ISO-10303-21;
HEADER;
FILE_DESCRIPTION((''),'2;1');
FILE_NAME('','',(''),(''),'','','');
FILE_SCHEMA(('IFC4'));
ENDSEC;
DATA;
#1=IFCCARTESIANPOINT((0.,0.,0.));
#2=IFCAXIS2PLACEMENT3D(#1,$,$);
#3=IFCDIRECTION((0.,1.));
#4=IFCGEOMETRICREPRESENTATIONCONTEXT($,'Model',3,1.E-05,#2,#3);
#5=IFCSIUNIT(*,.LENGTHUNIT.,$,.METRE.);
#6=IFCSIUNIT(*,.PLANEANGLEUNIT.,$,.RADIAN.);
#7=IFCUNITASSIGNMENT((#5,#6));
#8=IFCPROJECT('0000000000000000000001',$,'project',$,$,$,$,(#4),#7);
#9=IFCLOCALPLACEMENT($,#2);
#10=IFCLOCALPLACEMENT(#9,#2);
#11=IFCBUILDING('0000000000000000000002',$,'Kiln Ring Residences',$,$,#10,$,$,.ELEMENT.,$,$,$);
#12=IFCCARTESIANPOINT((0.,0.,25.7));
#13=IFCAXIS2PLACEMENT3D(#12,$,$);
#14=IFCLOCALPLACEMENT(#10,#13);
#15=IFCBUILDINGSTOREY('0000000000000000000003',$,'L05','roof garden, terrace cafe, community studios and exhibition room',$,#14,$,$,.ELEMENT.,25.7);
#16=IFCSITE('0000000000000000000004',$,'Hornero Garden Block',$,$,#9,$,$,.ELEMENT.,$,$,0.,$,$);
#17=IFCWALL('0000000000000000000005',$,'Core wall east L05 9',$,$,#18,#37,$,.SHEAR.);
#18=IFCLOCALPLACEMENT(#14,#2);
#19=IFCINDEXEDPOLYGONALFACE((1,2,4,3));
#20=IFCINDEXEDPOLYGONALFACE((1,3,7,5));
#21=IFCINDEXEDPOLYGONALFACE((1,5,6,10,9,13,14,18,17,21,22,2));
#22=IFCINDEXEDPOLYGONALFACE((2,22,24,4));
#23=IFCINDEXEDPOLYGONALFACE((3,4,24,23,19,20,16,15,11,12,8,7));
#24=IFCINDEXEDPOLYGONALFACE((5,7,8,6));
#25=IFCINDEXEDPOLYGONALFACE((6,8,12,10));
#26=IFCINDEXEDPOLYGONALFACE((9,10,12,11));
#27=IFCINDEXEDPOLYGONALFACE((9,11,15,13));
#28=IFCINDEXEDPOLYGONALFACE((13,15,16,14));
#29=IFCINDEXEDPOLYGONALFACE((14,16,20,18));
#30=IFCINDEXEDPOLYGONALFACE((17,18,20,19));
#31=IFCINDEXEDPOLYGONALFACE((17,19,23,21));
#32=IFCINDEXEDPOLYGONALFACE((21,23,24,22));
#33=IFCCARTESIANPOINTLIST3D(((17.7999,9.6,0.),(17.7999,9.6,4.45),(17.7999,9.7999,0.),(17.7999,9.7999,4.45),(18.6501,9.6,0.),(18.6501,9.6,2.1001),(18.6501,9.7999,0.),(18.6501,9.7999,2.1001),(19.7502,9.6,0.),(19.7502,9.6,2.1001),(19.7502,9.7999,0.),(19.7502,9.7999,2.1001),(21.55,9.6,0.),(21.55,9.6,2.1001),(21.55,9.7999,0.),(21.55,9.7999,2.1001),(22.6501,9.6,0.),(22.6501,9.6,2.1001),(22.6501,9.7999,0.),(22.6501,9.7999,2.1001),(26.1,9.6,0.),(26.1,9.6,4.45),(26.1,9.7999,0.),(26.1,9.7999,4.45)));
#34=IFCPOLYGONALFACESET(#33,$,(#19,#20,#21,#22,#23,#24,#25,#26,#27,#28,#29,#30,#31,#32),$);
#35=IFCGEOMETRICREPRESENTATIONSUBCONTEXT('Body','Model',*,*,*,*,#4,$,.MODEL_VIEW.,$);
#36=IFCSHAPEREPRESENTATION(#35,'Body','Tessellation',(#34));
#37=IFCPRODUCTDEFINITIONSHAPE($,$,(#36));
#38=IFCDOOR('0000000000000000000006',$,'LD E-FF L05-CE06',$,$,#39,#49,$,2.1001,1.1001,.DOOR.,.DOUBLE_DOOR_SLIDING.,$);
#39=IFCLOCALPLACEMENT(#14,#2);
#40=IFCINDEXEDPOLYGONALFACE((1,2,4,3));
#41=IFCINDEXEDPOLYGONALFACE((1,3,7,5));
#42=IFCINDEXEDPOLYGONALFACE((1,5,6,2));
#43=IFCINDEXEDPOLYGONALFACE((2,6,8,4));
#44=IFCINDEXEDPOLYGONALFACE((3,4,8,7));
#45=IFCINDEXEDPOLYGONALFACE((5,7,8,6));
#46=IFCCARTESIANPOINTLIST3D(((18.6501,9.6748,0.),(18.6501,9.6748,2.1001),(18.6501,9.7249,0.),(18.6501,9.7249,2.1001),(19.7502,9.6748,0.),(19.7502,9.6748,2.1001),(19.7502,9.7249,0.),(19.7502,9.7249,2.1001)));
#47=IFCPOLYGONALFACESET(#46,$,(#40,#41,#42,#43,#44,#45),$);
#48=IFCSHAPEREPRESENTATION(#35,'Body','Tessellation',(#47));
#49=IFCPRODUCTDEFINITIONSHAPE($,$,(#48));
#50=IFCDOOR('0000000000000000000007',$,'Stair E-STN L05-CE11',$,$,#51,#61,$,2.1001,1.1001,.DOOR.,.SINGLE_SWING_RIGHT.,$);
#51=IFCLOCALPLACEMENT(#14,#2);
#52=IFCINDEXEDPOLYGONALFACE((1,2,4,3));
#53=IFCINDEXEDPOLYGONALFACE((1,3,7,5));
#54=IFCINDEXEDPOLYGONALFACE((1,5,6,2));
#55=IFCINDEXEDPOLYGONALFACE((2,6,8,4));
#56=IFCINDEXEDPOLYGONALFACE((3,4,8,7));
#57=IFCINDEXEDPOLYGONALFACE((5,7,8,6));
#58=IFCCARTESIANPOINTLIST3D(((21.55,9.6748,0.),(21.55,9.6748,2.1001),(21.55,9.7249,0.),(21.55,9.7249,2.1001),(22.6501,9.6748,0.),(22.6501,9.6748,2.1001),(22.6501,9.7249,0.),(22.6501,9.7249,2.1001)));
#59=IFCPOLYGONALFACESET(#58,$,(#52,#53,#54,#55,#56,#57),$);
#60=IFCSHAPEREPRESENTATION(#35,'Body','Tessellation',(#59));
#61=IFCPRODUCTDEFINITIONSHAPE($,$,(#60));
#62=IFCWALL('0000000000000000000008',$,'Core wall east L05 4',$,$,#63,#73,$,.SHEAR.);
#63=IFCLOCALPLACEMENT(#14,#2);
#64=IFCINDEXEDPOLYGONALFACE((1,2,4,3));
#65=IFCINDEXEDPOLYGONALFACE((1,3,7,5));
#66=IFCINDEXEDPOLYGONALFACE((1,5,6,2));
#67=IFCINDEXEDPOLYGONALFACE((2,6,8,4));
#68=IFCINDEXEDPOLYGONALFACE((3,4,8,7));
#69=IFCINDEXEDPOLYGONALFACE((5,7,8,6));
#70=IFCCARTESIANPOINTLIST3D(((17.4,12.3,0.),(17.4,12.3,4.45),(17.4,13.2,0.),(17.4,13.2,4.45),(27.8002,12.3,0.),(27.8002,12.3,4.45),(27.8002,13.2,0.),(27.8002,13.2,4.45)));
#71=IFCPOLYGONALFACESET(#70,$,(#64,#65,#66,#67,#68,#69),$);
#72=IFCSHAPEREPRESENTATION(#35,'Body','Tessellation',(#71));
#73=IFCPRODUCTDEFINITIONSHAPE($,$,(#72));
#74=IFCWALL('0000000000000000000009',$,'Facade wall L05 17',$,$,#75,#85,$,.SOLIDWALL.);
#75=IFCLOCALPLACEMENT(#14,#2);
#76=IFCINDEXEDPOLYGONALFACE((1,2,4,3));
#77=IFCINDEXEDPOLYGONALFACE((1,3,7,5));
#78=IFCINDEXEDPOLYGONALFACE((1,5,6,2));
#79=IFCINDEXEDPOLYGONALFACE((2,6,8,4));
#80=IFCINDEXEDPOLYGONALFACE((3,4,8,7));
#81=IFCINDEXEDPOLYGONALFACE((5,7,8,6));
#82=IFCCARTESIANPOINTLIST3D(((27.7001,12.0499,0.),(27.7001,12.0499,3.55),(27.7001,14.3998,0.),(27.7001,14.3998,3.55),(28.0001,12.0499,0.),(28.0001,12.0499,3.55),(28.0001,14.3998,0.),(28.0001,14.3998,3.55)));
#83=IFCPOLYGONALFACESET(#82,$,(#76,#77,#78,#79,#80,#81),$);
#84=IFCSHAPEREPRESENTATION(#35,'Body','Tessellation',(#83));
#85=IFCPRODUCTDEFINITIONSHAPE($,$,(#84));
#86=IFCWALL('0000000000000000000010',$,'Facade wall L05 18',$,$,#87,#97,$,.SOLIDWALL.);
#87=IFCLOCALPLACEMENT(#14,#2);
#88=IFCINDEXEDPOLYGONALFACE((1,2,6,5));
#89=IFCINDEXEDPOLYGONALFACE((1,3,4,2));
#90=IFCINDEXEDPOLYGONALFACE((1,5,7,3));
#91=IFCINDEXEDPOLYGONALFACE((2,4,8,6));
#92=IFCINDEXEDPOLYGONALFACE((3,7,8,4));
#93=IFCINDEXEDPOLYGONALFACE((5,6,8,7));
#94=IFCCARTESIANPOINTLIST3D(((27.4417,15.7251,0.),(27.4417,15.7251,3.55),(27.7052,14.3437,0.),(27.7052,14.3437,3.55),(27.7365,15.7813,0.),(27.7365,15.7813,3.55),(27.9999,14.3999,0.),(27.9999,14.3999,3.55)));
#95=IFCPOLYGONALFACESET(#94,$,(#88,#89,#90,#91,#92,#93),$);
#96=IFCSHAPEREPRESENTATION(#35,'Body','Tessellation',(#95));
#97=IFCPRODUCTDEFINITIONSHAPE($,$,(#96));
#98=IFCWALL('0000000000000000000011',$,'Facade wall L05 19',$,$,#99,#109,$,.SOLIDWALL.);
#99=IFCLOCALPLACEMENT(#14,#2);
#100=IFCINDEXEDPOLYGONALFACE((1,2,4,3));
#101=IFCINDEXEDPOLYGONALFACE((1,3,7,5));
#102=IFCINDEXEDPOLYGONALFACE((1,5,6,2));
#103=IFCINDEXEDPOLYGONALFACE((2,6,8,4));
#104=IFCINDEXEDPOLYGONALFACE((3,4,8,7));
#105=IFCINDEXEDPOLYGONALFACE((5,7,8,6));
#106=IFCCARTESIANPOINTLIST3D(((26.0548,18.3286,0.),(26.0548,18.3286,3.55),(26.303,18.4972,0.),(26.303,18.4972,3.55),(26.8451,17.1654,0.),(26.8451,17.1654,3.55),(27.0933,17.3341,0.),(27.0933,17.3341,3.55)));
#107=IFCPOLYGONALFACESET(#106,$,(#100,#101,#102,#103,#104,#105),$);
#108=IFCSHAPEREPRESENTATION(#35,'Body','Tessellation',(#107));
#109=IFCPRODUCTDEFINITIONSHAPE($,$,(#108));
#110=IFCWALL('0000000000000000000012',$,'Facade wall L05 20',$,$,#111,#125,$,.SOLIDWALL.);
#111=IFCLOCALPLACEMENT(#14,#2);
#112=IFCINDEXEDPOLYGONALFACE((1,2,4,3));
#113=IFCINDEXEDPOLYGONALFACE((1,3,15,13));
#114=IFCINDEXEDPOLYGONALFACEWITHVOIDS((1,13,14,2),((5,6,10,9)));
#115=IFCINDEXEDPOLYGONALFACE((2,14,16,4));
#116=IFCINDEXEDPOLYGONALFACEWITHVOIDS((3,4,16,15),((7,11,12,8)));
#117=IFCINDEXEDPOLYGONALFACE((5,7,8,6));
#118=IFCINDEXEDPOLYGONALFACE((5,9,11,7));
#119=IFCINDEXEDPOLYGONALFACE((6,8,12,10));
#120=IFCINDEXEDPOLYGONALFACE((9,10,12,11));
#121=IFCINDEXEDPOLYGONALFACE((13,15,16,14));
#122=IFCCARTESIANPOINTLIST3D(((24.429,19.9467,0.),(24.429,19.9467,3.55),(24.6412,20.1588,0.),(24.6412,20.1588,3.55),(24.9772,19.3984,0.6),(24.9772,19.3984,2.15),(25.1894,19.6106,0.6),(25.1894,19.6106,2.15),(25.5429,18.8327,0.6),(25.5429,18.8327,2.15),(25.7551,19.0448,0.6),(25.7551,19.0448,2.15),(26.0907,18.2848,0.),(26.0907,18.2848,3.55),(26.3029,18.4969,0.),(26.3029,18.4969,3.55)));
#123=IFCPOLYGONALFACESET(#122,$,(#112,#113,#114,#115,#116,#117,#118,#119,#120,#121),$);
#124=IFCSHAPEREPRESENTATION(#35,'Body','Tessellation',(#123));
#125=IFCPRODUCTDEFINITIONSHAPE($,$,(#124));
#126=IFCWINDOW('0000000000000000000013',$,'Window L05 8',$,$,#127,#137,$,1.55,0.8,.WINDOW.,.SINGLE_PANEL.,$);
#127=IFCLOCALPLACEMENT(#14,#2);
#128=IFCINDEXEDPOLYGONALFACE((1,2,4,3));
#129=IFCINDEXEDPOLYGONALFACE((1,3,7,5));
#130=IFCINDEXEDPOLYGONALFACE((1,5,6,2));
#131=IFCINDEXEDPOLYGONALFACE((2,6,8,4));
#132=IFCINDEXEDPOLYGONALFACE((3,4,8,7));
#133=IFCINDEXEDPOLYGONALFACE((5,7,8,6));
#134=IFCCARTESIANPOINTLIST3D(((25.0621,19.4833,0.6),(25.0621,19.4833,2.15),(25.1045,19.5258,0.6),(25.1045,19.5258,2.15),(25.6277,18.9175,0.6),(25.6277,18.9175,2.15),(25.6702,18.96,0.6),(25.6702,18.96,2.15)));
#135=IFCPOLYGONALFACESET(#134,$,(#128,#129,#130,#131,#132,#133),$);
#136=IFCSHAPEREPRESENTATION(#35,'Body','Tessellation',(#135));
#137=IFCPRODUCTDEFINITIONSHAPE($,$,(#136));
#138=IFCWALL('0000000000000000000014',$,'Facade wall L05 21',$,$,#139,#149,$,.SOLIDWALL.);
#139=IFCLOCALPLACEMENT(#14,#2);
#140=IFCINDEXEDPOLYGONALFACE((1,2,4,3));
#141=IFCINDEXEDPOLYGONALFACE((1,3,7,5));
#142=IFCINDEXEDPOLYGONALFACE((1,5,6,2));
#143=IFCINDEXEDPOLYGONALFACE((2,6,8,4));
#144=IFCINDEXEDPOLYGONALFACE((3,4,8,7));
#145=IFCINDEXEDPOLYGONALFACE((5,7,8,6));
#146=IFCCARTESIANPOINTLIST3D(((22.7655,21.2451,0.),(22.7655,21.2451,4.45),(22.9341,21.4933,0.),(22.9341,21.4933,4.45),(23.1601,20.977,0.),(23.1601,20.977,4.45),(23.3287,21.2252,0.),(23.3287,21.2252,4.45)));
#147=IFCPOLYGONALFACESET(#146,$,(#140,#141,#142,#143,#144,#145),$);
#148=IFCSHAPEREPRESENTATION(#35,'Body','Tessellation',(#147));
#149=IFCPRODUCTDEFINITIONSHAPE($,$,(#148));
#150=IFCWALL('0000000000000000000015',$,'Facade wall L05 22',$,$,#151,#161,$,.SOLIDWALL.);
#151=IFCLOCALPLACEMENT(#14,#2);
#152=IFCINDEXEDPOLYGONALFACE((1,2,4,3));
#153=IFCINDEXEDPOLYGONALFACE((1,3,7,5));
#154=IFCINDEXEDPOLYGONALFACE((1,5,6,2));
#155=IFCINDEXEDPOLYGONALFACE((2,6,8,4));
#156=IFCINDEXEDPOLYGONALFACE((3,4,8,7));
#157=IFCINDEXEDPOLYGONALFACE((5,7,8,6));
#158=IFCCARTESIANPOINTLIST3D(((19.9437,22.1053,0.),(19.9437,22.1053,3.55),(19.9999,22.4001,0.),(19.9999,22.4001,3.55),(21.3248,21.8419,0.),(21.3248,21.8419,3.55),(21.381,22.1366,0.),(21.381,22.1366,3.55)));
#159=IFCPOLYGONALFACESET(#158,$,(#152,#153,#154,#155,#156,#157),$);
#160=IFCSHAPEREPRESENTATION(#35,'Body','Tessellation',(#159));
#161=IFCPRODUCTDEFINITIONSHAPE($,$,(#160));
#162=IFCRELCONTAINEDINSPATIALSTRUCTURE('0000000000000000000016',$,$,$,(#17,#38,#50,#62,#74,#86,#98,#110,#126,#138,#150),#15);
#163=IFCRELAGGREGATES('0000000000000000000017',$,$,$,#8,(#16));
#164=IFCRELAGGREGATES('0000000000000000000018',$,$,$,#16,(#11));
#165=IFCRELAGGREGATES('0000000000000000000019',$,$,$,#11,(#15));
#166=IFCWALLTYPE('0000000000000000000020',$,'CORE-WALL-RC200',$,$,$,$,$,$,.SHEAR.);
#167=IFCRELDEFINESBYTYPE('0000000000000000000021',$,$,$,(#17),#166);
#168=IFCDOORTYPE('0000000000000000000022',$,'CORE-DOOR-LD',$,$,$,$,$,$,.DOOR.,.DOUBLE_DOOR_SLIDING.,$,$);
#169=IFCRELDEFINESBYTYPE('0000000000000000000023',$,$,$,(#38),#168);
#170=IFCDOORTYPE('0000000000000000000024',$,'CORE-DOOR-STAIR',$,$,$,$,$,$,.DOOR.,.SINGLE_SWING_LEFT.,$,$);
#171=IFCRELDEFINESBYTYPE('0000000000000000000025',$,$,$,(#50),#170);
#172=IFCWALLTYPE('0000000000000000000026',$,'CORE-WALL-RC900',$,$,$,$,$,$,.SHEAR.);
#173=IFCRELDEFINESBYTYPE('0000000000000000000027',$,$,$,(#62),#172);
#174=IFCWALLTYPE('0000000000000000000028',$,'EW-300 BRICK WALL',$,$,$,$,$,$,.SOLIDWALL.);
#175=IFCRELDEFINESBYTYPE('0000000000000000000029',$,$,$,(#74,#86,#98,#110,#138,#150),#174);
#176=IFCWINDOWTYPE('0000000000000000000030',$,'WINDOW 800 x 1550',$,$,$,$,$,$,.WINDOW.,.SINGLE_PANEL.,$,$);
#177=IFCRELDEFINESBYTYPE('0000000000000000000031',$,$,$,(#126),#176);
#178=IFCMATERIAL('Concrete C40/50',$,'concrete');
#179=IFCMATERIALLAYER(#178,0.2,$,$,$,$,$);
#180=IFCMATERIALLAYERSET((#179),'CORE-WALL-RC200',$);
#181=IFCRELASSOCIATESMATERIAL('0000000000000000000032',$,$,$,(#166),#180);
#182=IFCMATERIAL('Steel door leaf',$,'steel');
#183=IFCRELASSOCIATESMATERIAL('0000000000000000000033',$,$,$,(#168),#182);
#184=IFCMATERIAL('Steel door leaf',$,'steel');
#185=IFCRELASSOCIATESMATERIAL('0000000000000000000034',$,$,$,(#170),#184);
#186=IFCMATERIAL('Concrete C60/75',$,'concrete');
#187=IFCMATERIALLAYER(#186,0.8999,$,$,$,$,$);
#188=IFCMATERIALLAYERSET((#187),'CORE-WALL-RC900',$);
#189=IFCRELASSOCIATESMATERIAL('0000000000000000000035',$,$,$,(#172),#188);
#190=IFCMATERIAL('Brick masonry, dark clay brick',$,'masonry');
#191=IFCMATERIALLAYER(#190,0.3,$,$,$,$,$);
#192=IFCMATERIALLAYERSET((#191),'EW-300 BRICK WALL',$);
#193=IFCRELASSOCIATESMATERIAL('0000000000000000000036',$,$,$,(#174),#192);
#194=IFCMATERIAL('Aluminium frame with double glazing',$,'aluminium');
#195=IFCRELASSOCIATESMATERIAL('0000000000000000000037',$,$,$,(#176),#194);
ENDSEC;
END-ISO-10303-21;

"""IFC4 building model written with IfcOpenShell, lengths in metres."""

from ifc_helpers import new_model, si_unit, direction, frame, frame_2d, origin, place, context, subcontext, project, spatial, rectangle, extrude, material, layer, layer_set, type_object, element, fill, save


model = new_model("IFC4")

# Units and contexts
model_context = context("Model", 3, precision=1e-05, world=origin(), true_north=direction((0.0, 1.0)))
body_context = subcontext(model_context, "Body", "Model", "MODEL_VIEW")
ifc_project = project(units=[si_unit("LENGTHUNIT", "METRE"), si_unit("PLANEANGLEUNIT", "RADIAN")], contexts=[model_context])

# Site, building, storey
site_placement = place(None, origin())
site = spatial("IfcSite", under=ifc_project, at=site_placement, Name="Hornero Garden Block", CompositionType="ELEMENT", RefElevation=0.0)
building_placement = place(site_placement, origin())
building = spatial("IfcBuilding", under=site, at=building_placement, Name="Kiln Ring Residences", CompositionType="ELEMENT")
storey_placement = place(building_placement, frame((0.0, 0.0, 25.7)))
storey = spatial("IfcBuildingStorey", under=building, at=storey_placement, Name="L05", Description="roof garden, terrace cafe, community studios and exhibition room", CompositionType="ELEMENT", Elevation=25.7)

# Wall, openings, doors
ifc_material_1 = material(Name="Concrete C40/50", Category="concrete")
ifc_layer_1 = layer(ifc_material_1, 0.2)
ifc_layer_set_1 = layer_set([ifc_layer_1], Name="CORE-WALL-RC200")
wall_type_1 = type_object("IfcWallType", Name="CORE-WALL-RC200", PredefinedType="SHEAR", material=ifc_layer_set_1)
wall_1_placement = place(storey_placement, frame((17.8, 9.7, 0.0), z_axis=(0.0, 0.0, 1.0), x_axis=(1.0, 0.0, 0.0)))
wall_1 = element("IfcWall", 1, at=wall_1_placement, inside=storey, type_object=wall_type_1, Name="Core wall east L05 9", PredefinedType="SHEAR", context=body_context, shape_type="SweptSolid", body=[
    extrude(rectangle(XDim=8.3, YDim=0.2, at=frame_2d((4.1499, 0.0))), origin(), (0.0, 0.0, 1.0), 4.45),
])
opening_1_placement = place(wall_1_placement, frame((0.8501, 0.0, 0.0)))
opening_1 = element("IfcOpeningElement", 2, at=opening_1_placement, cuts=wall_1, PredefinedType="OPENING", context=body_context, shape_type="SweptSolid", body=[
    extrude(rectangle(XDim=1.1001, YDim=2.1001, at=frame_2d((0.55, 1.05))), frame((0.0, 0.1099, 0.0), z_axis=(0.0, -1.0, 0.0), x_axis=(1.0, 0.0, 0.0)), (0.0, 0.0, 1.0), 0.22),
])
opening_2_placement = place(wall_1_placement, frame((3.75, 0.0, 0.0)))
opening_2 = element("IfcOpeningElement", 3, at=opening_2_placement, cuts=wall_1, PredefinedType="OPENING", context=body_context, shape_type="SweptSolid", body=[
    extrude(rectangle(XDim=1.1001, YDim=2.1001, at=frame_2d((0.55, 1.05))), frame((0.0, 0.1099, 0.0), z_axis=(0.0, -1.0, 0.0), x_axis=(1.0, 0.0, 0.0)), (0.0, 0.0, 1.0), 0.22),
])
ifc_material_2 = material(Name="Steel door leaf", Category="steel")
door_type_1 = type_object("IfcDoorType", Name="CORE-DOOR-LD", OperationType="DOUBLE_DOOR_SLIDING", PredefinedType="DOOR", material=ifc_material_2)
door_1_placement = place(opening_1_placement, origin())
door_1 = element("IfcDoor", 4, at=door_1_placement, inside=storey, type_object=door_type_1, Name="LD E-FF L05-CE06", OperationType="DOUBLE_DOOR_SLIDING", OverallHeight=2.1001, OverallWidth=1.1001, PredefinedType="DOOR", context=body_context, shape_type="SweptSolid", body=[
    extrude(rectangle(XDim=1.1001, YDim=2.1001, at=frame_2d((0.55, 1.05))), frame((0.0, 0.0249, 0.0), z_axis=(0.0, -1.0, 0.0), x_axis=(1.0, 0.0, 0.0)), (0.0, 0.0, 1.0), 0.05),
])
fill(opening_1, door_1)
ifc_material_3 = material(Name="Steel door leaf", Category="steel")
door_type_2 = type_object("IfcDoorType", Name="CORE-DOOR-STAIR", OperationType="SINGLE_SWING_LEFT", PredefinedType="DOOR", material=ifc_material_3)
door_2_placement = place(opening_2_placement, origin())
door_2 = element("IfcDoor", 5, at=door_2_placement, inside=storey, type_object=door_type_2, Name="Stair E-STN L05-CE11", OperationType="SINGLE_SWING_RIGHT", OverallHeight=2.1001, OverallWidth=1.1001, PredefinedType="DOOR", context=body_context, shape_type="SweptSolid", body=[
    extrude(rectangle(XDim=1.1001, YDim=2.1001, at=frame_2d((0.55, 1.05))), frame((0.0, 0.0249, 0.0), z_axis=(0.0, -1.0, 0.0), x_axis=(1.0, 0.0, 0.0)), (0.0, 0.0, 1.0), 0.05),
])
fill(opening_2, door_2)

# Walls
ifc_material_4 = material(Name="Concrete C60/75", Category="concrete")
ifc_layer_2 = layer(ifc_material_4, 0.8999)
ifc_layer_set_2 = layer_set([ifc_layer_2], Name="CORE-WALL-RC900")
wall_type_2 = type_object("IfcWallType", Name="CORE-WALL-RC900", PredefinedType="SHEAR", material=ifc_layer_set_2)
wall_2_placement = place(storey_placement, frame((17.3999, 12.75, 0.0), z_axis=(0.0, 0.0, 1.0), x_axis=(1.0, 0.0, 0.0)))
element("IfcWall", 6, at=wall_2_placement, inside=storey, type_object=wall_type_2, Name="Core wall east L05 4", PredefinedType="SHEAR", context=body_context, shape_type="SweptSolid", body=[
    extrude(rectangle(XDim=10.4001, YDim=0.8999, at=frame_2d((5.2002, 0.0))), origin(), (0.0, 0.0, 1.0), 4.45),
])
ifc_material_5 = material(Name="Brick masonry, dark clay brick", Category="masonry")
ifc_layer_3 = layer(ifc_material_5, 0.3)
ifc_layer_set_3 = layer_set([ifc_layer_3], Name="EW-300 BRICK WALL")
wall_type_3 = type_object("IfcWallType", Name="EW-300 BRICK WALL", PredefinedType="SOLIDWALL", material=ifc_layer_set_3)
wall_3_placement = place(storey_placement, frame((27.8501, 12.05, 0.0), z_axis=(0.0, 0.0, 1.0), x_axis=(0.0, 1.0, 0.0)))
element("IfcWall", 7, at=wall_3_placement, inside=storey, type_object=wall_type_3, Name="Facade wall L05 17", PredefinedType="SOLIDWALL", context=body_context, shape_type="SweptSolid", body=[
    extrude(rectangle(XDim=2.3499, YDim=0.3, at=frame_2d((1.1748, 0.0))), origin(), (0.0, 0.0, 1.0), 3.55),
])
for number, where, z_axis, x_axis, name in (
    (8, (27.8525, 14.3718, 0.0), (0.0, 0.0, 1.0), (-0.187328, 0.982298, 0.0), "Facade wall L05 18"),
    (9, (26.9692, 17.2498, 0.0), (0.0, 0.0, 1.0), (-0.562011, 0.82713, 0.0), "Facade wall L05 19"),
):
    element("IfcWall", number, at=place(storey_placement, frame(where, z_axis=z_axis, x_axis=x_axis)), inside=storey, type_object=wall_type_3, Name=name, PredefinedType="SOLIDWALL", context=body_context, shape_type="SweptSolid", body=[
        extrude(rectangle(XDim=1.4062, YDim=0.3, at=frame_2d((0.7031, 0.0))), origin(), (0.0, 0.0, 1.0), 3.55),
    ])

# Wall, opening, window
wall_4_placement = place(storey_placement, frame((26.1968, 18.3909, 0.0), z_axis=(0.0, 0.0, 1.0), x_axis=(-0.707055, 0.707159, 0.0)))
wall_4 = element("IfcWall", 10, at=wall_4_placement, inside=storey, type_object=wall_type_3, Name="Facade wall L05 20", PredefinedType="SOLIDWALL", context=body_context, shape_type="SweptSolid", body=[
    extrude(rectangle(XDim=2.3501, YDim=0.3, at=frame_2d((1.175, 0.0))), origin(), (0.0, 0.0, 1.0), 3.55),
])
opening_3_placement = place(wall_4_placement, frame((0.7749, 0.0, 0.6001)))
opening_3 = element("IfcOpeningElement", 11, at=opening_3_placement, cuts=wall_4, PredefinedType="OPENING", context=body_context, shape_type="SweptSolid", body=[
    extrude(rectangle(XDim=0.8, YDim=1.55, at=frame_2d((0.3999, 0.7749))), frame((0.0, 0.1599, 0.0), z_axis=(0.0, -1.0, 0.0), x_axis=(1.0, 0.0, 0.0)), (0.0, 0.0, 1.0), 0.3201),
])
ifc_material_6 = material(Name="Aluminium frame with double glazing", Category="aluminium")
window_type_1 = type_object("IfcWindowType", Name="WINDOW 800 x 1550", PartitioningType="SINGLE_PANEL", PredefinedType="WINDOW", material=ifc_material_6)
window_1_placement = place(opening_3_placement, origin())
window_1 = element("IfcWindow", 12, at=window_1_placement, inside=storey, type_object=window_type_1, Name="Window L05 8", OverallHeight=1.55, OverallWidth=0.8, PartitioningType="SINGLE_PANEL", PredefinedType="WINDOW", context=body_context, shape_type="SweptSolid", body=[
    extrude(rectangle(XDim=0.8, YDim=1.55, at=frame_2d((0.3999, 0.7749))), frame((0.0, 0.03, 0.0), z_axis=(0.0, -1.0, 0.0), x_axis=(1.0, 0.0, 0.0)), (0.0, 0.0, 1.0), 0.0601),
])
fill(opening_3, window_1)

# Walls
wall_5_placement = place(storey_placement, frame((23.2444, 21.1011, 0.0), z_axis=(0.0, 0.0, 1.0), x_axis=(-0.827136, 0.562002, 0.0)))
element("IfcWall", 13, at=wall_5_placement, inside=storey, type_object=wall_type_3, Name="Facade wall L05 21", PredefinedType="SOLIDWALL", context=body_context, shape_type="SweptSolid", body=[
    extrude(rectangle(XDim=0.4771, YDim=0.3, at=frame_2d((0.2385, 0.0))), origin(), (0.0, 0.0, 1.0), 4.45),
])
wall_6_placement = place(storey_placement, frame((21.353, 21.9893, 0.0), z_axis=(0.0, 0.0, 1.0), x_axis=(-0.982291, 0.187359, 0.0)))
element("IfcWall", 14, at=wall_6_placement, inside=storey, type_object=wall_type_3, Name="Facade wall L05 22", PredefinedType="SOLIDWALL", context=body_context, shape_type="SweptSolid", body=[
    extrude(rectangle(XDim=1.406, YDim=0.3, at=frame_2d((0.7031, 0.0))), origin(), (0.0, 0.0, 1.0), 3.55),
])

save(model, "model.ifc")
